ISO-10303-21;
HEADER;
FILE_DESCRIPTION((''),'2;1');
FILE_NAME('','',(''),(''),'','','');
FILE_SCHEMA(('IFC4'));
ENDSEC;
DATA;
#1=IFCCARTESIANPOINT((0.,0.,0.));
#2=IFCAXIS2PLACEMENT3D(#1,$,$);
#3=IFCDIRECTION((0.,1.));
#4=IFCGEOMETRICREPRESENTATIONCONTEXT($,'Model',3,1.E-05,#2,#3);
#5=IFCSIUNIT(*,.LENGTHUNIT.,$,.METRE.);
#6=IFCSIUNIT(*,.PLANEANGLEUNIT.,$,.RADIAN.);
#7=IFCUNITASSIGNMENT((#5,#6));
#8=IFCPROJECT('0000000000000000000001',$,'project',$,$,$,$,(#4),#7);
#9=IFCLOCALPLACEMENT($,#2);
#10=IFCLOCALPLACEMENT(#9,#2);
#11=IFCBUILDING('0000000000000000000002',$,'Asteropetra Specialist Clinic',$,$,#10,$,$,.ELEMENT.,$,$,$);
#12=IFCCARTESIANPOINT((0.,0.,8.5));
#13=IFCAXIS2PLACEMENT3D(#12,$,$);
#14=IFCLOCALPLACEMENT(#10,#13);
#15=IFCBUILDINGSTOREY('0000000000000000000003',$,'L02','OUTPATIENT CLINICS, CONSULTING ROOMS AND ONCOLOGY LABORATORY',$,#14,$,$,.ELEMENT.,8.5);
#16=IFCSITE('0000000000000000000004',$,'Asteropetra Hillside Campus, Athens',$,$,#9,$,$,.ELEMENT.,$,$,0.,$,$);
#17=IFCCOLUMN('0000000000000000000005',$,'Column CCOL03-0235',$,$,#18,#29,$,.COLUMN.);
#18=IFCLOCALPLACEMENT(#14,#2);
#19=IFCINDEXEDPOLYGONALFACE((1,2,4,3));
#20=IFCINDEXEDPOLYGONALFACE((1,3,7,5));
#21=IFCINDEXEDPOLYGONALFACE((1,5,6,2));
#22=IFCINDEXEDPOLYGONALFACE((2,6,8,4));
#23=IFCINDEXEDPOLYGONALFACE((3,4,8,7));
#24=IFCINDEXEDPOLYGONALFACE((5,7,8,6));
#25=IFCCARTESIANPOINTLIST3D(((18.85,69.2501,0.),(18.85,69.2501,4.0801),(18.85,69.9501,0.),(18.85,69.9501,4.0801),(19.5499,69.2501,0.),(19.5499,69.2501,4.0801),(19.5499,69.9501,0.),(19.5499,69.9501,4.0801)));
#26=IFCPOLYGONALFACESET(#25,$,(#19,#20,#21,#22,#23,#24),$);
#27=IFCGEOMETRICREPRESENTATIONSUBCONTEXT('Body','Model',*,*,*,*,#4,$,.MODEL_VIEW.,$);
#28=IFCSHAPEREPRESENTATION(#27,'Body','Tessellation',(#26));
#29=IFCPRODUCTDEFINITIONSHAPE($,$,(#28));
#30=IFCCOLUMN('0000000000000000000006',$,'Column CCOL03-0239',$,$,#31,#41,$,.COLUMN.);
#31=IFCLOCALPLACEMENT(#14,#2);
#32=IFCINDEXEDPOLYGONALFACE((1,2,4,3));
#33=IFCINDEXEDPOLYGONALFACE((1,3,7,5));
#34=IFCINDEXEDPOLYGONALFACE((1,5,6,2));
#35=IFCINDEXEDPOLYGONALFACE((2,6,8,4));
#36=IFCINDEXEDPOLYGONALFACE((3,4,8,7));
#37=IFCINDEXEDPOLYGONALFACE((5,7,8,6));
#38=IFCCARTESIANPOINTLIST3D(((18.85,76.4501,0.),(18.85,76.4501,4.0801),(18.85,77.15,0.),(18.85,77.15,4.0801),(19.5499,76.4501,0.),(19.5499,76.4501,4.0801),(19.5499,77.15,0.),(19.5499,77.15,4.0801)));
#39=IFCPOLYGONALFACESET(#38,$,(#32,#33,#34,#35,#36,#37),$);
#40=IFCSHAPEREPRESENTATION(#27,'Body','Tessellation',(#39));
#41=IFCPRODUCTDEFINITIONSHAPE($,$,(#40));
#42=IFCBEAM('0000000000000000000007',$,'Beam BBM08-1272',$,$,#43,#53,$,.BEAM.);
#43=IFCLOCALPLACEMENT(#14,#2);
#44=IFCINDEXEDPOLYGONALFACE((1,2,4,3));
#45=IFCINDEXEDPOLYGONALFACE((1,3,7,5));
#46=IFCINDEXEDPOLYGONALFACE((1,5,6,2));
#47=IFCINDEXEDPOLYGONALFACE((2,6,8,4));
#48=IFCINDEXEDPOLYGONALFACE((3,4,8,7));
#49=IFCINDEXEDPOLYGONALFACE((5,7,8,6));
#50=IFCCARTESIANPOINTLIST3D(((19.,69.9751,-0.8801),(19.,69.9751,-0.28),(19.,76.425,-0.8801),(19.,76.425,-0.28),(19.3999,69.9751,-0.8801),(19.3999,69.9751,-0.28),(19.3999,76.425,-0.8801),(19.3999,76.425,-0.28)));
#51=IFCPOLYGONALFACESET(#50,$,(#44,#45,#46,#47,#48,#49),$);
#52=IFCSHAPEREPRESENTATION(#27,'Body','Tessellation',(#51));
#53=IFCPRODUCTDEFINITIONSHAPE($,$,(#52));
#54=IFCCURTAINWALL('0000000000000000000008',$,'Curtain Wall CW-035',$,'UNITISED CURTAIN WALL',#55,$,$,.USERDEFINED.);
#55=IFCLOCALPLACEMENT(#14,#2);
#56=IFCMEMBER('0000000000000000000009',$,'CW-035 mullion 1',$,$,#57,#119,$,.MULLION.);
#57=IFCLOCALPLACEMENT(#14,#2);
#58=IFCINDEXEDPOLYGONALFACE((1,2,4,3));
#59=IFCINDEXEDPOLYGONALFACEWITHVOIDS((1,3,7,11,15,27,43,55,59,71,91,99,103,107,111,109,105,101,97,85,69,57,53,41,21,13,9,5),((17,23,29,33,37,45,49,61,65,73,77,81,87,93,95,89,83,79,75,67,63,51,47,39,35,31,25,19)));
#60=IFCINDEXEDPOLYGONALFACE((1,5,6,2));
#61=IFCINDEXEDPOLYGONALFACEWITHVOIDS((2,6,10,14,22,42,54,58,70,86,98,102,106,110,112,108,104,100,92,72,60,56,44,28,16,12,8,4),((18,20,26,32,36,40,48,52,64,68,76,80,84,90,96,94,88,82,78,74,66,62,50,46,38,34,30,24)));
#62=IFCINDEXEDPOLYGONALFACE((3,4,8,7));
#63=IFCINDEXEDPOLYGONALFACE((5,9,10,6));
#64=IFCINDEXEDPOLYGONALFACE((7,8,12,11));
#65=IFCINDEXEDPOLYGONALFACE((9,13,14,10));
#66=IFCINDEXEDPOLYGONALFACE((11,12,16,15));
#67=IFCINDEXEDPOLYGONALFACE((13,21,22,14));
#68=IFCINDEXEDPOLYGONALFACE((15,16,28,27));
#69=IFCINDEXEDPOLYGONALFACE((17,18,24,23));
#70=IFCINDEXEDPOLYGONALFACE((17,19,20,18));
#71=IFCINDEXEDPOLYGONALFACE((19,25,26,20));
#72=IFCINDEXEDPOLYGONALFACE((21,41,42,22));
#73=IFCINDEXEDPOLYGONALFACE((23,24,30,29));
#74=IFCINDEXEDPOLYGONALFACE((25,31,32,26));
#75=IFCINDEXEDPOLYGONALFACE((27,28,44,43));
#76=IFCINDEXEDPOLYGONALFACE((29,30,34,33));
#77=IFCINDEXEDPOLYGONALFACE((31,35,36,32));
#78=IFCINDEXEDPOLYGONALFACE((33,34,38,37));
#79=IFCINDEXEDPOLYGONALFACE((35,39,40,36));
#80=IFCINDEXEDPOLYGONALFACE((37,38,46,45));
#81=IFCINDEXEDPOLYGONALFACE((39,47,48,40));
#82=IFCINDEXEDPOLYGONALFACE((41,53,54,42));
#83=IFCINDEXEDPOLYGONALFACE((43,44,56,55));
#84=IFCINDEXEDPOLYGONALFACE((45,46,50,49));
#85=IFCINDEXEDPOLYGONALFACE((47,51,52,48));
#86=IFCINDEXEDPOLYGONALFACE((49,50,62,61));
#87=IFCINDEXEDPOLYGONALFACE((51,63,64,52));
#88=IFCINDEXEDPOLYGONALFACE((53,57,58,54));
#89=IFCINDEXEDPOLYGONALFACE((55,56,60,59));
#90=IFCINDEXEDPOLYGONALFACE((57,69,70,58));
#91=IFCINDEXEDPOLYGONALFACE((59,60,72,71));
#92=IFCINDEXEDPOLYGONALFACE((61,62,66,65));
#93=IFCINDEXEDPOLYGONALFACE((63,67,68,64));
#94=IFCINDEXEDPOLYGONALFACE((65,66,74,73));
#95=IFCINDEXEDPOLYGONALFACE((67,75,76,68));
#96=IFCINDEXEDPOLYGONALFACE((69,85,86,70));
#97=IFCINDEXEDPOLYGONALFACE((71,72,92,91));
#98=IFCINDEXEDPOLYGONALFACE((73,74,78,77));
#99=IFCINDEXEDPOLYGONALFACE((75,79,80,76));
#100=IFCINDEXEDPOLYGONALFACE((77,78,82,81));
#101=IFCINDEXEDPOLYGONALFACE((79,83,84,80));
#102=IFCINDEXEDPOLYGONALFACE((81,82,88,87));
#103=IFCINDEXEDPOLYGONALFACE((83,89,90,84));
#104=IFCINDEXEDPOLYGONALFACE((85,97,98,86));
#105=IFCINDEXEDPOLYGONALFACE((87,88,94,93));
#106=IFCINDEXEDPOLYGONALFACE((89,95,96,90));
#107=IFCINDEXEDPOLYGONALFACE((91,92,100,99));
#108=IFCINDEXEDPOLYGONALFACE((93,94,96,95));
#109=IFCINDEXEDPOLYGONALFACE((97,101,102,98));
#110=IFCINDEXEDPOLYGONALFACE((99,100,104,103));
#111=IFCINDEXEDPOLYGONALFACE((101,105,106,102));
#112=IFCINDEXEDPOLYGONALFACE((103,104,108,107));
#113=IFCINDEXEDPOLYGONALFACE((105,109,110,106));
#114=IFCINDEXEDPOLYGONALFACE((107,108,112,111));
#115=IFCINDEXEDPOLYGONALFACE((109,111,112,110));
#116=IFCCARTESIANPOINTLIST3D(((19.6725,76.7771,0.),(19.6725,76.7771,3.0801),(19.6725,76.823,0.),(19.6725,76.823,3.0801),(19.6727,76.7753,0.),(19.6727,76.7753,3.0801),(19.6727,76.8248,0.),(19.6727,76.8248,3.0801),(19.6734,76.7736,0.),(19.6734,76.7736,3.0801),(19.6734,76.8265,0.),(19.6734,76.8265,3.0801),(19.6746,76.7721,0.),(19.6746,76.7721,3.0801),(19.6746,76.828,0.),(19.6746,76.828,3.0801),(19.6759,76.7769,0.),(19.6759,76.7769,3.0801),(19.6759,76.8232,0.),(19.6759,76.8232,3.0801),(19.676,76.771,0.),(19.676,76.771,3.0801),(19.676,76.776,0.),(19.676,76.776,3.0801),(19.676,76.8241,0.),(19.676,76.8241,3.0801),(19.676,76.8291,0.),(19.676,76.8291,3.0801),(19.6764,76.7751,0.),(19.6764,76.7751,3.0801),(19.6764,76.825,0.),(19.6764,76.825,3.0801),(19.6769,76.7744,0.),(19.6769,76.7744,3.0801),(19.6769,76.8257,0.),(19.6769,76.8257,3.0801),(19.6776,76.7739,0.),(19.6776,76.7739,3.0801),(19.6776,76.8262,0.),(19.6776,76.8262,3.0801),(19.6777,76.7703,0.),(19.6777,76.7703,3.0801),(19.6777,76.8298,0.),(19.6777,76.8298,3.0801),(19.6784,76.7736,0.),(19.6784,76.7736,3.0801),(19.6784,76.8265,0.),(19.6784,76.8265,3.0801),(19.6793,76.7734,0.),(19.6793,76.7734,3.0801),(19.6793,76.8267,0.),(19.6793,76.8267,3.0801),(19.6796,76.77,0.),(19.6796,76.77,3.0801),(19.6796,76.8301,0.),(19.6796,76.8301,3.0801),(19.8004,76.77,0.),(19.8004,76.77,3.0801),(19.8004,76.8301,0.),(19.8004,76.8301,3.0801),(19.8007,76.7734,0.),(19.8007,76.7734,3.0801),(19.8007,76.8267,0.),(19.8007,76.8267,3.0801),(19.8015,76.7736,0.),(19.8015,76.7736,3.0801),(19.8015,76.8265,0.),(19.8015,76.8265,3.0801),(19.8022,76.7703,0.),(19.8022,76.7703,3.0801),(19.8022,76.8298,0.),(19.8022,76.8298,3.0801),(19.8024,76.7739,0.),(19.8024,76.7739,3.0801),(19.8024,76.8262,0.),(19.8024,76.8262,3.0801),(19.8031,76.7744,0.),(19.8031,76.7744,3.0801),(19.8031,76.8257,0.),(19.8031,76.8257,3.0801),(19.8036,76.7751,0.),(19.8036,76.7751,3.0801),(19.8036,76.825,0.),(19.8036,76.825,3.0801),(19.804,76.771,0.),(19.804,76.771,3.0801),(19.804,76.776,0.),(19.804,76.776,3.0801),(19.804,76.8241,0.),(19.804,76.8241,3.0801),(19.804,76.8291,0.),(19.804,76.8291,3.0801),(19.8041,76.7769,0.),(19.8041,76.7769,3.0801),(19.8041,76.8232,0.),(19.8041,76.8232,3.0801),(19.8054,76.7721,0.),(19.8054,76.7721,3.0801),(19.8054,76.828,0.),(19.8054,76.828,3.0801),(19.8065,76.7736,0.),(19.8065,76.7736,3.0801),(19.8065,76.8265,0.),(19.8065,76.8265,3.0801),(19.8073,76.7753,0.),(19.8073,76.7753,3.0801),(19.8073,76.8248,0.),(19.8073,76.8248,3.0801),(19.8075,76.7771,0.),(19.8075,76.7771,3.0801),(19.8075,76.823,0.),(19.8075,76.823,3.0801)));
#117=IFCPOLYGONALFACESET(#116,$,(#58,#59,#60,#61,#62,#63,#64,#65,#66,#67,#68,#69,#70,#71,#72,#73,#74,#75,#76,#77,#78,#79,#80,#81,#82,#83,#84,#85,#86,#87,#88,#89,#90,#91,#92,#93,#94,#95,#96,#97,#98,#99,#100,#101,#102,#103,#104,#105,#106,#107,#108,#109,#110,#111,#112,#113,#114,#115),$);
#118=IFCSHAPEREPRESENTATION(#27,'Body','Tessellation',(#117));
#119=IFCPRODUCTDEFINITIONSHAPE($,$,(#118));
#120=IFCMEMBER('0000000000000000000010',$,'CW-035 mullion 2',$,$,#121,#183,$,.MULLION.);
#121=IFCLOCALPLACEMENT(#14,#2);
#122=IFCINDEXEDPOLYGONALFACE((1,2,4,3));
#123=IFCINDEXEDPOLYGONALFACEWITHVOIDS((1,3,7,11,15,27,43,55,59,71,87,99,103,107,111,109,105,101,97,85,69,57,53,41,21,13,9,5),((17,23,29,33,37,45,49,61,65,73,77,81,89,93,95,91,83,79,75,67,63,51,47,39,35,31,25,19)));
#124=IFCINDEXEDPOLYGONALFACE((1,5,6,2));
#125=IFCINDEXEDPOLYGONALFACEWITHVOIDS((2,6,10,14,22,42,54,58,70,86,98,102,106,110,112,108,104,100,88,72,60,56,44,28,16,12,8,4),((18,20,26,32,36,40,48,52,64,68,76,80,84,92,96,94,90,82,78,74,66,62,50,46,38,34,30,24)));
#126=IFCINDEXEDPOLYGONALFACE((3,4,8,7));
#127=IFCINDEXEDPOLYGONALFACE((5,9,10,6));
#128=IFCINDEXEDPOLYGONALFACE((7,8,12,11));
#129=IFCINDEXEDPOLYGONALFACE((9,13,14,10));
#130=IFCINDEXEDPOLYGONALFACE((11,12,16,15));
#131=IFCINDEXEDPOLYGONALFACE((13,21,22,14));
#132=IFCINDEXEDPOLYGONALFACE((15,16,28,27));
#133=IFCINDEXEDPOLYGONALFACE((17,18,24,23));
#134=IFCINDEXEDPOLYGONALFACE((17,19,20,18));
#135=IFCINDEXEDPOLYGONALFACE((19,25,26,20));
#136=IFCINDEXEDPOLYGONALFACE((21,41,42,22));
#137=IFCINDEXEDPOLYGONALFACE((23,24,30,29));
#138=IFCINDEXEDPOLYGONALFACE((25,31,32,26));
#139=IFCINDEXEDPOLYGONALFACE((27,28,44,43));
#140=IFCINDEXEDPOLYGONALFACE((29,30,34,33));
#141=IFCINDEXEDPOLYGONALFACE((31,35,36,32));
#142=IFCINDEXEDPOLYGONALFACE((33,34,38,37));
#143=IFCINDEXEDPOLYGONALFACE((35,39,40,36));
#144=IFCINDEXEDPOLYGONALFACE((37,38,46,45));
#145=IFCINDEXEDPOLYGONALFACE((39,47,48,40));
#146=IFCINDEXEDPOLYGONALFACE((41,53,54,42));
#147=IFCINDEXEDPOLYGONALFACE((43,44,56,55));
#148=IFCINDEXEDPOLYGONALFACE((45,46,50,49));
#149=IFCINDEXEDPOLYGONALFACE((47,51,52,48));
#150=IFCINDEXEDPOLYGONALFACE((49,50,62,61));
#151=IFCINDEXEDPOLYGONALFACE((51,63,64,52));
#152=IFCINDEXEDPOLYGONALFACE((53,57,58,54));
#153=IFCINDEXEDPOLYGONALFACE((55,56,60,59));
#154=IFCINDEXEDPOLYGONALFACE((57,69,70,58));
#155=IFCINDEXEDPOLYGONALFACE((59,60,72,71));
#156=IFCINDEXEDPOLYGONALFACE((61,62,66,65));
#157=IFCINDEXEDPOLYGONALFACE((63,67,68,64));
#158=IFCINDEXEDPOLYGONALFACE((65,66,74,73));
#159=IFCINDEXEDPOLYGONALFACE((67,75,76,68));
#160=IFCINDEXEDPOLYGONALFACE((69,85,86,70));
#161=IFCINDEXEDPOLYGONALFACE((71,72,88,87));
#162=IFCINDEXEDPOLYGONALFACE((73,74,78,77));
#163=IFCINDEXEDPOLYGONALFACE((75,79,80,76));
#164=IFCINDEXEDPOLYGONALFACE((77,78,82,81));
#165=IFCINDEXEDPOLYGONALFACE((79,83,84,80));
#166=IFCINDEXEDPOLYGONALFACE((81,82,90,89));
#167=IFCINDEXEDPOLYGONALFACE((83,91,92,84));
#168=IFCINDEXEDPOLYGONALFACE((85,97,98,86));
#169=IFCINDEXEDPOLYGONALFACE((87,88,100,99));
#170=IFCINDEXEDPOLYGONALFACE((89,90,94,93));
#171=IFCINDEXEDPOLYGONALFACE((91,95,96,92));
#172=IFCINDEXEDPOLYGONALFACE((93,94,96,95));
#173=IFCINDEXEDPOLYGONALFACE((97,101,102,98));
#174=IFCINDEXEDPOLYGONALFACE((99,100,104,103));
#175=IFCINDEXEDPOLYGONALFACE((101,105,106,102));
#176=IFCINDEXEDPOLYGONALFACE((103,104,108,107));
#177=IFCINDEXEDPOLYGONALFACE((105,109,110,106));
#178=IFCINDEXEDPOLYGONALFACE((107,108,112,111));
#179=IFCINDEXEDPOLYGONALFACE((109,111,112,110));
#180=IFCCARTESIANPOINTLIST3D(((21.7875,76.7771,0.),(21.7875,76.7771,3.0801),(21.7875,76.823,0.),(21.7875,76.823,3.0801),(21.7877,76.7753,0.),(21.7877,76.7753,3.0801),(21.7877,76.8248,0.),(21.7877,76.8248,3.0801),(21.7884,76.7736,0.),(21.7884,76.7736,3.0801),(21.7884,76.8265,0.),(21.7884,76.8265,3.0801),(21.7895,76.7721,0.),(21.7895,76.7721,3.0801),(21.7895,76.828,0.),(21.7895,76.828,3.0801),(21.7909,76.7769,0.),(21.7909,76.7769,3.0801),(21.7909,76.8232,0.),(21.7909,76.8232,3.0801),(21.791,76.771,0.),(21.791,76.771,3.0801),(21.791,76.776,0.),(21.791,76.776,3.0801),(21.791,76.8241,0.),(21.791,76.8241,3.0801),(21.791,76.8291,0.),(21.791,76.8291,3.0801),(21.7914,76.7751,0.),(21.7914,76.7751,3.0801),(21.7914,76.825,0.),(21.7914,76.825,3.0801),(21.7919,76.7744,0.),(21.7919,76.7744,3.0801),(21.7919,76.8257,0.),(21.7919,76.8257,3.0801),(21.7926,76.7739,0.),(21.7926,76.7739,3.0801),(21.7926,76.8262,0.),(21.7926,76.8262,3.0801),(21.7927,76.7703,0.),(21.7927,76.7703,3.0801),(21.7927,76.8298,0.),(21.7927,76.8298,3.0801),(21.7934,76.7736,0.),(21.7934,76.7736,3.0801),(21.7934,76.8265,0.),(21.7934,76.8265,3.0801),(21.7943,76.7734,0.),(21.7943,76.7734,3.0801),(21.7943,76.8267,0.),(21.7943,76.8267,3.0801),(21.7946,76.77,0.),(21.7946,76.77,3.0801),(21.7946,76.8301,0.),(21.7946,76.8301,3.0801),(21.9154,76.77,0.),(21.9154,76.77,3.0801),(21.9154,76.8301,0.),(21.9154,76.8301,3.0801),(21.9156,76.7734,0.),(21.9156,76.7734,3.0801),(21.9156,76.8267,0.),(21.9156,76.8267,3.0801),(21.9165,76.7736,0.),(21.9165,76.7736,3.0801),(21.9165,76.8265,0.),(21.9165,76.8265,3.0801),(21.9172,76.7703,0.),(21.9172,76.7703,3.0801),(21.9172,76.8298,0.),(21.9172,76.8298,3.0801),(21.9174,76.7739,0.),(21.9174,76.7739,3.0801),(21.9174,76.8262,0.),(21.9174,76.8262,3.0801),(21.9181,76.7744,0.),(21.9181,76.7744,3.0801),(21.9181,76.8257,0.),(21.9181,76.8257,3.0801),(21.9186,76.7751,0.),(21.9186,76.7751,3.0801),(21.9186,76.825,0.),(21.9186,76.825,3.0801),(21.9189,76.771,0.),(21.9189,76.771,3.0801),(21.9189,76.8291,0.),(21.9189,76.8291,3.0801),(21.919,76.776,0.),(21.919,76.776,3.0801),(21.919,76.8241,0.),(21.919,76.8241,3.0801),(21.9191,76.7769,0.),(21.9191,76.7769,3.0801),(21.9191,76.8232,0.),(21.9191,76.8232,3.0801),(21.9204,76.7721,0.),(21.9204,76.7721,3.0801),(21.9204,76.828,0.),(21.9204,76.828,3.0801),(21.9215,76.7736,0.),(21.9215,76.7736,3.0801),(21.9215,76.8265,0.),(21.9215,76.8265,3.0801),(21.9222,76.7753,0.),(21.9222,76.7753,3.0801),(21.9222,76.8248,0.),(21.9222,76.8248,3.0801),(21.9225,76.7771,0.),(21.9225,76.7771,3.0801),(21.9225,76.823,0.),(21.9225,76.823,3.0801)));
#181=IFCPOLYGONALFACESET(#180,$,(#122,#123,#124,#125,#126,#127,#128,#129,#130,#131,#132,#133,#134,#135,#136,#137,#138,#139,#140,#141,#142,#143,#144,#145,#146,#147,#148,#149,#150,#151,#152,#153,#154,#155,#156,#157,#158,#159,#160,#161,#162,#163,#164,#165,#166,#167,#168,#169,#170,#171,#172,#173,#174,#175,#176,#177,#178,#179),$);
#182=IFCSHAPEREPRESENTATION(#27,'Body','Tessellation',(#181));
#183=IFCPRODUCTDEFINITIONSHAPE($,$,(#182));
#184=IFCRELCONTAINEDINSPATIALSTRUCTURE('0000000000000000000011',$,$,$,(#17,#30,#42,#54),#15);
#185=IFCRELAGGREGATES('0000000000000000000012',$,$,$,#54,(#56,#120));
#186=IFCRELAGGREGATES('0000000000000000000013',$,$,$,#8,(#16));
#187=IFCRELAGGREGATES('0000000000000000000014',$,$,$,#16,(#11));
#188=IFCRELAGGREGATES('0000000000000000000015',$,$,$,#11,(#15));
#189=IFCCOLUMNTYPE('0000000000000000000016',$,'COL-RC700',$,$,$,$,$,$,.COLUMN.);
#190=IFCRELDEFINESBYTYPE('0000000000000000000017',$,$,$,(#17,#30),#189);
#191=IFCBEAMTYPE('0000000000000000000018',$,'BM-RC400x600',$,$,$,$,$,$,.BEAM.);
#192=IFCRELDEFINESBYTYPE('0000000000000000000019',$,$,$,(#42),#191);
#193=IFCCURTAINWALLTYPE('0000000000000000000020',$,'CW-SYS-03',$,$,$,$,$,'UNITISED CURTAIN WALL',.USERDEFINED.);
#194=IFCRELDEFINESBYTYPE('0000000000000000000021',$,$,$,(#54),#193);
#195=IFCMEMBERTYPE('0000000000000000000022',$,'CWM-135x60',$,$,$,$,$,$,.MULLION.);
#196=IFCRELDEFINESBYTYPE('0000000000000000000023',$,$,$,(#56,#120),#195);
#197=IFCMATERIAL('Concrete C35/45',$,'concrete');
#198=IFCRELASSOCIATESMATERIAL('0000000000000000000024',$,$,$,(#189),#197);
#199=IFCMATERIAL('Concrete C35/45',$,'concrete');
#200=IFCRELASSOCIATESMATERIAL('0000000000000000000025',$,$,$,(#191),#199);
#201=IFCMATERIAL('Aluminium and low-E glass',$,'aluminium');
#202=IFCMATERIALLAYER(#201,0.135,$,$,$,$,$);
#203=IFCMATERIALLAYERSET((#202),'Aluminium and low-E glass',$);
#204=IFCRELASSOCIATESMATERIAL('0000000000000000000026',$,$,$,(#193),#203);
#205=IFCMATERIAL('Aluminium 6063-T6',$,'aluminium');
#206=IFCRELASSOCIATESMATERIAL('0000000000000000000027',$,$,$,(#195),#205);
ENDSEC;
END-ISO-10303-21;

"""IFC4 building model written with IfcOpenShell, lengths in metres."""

from ifc_helpers import new_model, si_unit, direction, frame, origin, origin_2d, place, context, subcontext, project, spatial, rectangle, hollow_rectangle, extrude, material, layer, layer_set, material_profile, profile_set, type_object, element, aggregate, save


model = new_model("IFC4")

# Units and contexts
model_context = context("Model", 3, precision=1e-05, world=origin(), true_north=direction((0.0, 1.0)))
body_context = subcontext(model_context, "Body", "Model", "MODEL_VIEW")
ifc_project = project(units=[si_unit("LENGTHUNIT", "METRE"), si_unit("PLANEANGLEUNIT", "RADIAN")], contexts=[model_context])

# Site, building, storey
site_placement = place(None, origin())
site = spatial("IfcSite", under=ifc_project, at=site_placement, Name="Asteropetra Hillside Campus, Athens", CompositionType="ELEMENT", RefElevation=0.0)
building_placement = place(site_placement, origin())
building = spatial("IfcBuilding", under=site, at=building_placement, Name="Asteropetra Specialist Clinic", CompositionType="ELEMENT")
storey_placement = place(building_placement, frame((0.0, 0.0, 8.5)))
storey = spatial("IfcBuildingStorey", under=building, at=storey_placement, Name="L02", Description="OUTPATIENT CLINICS, CONSULTING ROOMS AND ONCOLOGY LABORATORY", CompositionType="ELEMENT", Elevation=8.5)

# Columns
ifc_material_1 = material(Name="Concrete C35/45", Category="concrete")
ifc_material_profile_1 = material_profile(ifc_material_1, rectangle(XDim=0.7, YDim=0.7, at=origin_2d()), Name="RC 700x700")
ifc_profile_set_1 = profile_set([ifc_material_profile_1], Name="Concrete C35/45")
column_type = type_object("IfcColumnType", Name="COL-RC700", PredefinedType="COLUMN", material=ifc_profile_set_1)
for number, where, z_axis, x_axis, name in (
    (1, (19.2, 69.6001, 0.0), (0.0, 0.0, 1.0), (1.0, 0.0, 0.0), "Column CCOL03-0235"),
    (2, (19.2, 76.8, 0.0), (0.0, 0.0, 1.0), (1.0, 0.0, 0.0), "Column CCOL03-0239"),
):
    element("IfcColumn", number, at=place(storey_placement, frame(where, z_axis=z_axis, x_axis=x_axis)), inside=storey, type_object=column_type, Name=name, PredefinedType="COLUMN", context=body_context, shape_type="SweptSolid", body=[
        extrude(rectangle(XDim=0.7, YDim=0.7, at=origin_2d()), origin(), (0.0, 0.0, 1.0), 4.0801),
    ])

# Beam
ifc_material_2 = material(Name="Concrete C35/45", Category="concrete")
ifc_material_profile_2 = material_profile(ifc_material_2, rectangle(XDim=0.3999, YDim=0.6001, at=origin_2d()), Name="RCB 400x600")
ifc_profile_set_2 = profile_set([ifc_material_profile_2], Name="Concrete C35/45")
beam_type_1 = type_object("IfcBeamType", Name="BM-RC400x600", PredefinedType="BEAM", material=ifc_profile_set_2)
beam_1_placement = place(storey_placement, frame((19.2, 69.9751, -0.5801), z_axis=(0.0, 1.0, 0.0), x_axis=(-1.0, 0.0, 0.0)))
element("IfcBeam", 3, at=beam_1_placement, inside=storey, type_object=beam_type_1, Name="Beam BBM08-1272", PredefinedType="BEAM", context=body_context, shape_type="SweptSolid", body=[
    extrude(rectangle(XDim=0.3999, YDim=0.6001, at=origin_2d()), origin(), (0.0, 0.0, 1.0), 6.45),
])

# Curtain wall, members
ifc_material_3 = material(Name="Aluminium and low-E glass", Category="aluminium")
ifc_layer_1 = layer(ifc_material_3, 0.135)
ifc_layer_set_1 = layer_set([ifc_layer_1], Name="Aluminium and low-E glass")
curtain_wall_type_1 = type_object("IfcCurtainWallType", Name="CW-SYS-03", ElementType="UNITISED CURTAIN WALL", PredefinedType="USERDEFINED", material=ifc_layer_set_1)
curtain_wall_1_placement = place(storey_placement, origin())
curtain_wall_1 = element("IfcCurtainWall", 4, at=curtain_wall_1_placement, inside=storey, type_object=curtain_wall_type_1, Name="Curtain Wall CW-035", ObjectType="UNITISED CURTAIN WALL", PredefinedType="USERDEFINED")
ifc_material_4 = material(Name="Aluminium 6063-T6", Category="aluminium")
ifc_material_profile_3 = material_profile(ifc_material_4, hollow_rectangle(XDim=0.0601, YDim=0.135, WallThickness=0.0034, InnerFilletRadius=0.0034, OuterFilletRadius=0.0071, at=origin_2d()), Name="MUL 135x60x3.5")
ifc_profile_set_3 = profile_set([ifc_material_profile_3], Name="Aluminium 6063-T6")
member_type_1 = type_object("IfcMemberType", Name="CWM-135x60", PredefinedType="MULLION", material=ifc_profile_set_3)
member_1_placement = place(storey_placement, frame((19.74, 76.8, 0.0), z_axis=(0.0, 0.0, 1.0), x_axis=(0.0, 1.0, 0.0)))
member_1 = element("IfcMember", 5, at=member_1_placement, type_object=member_type_1, Name="CW-035 mullion 1", PredefinedType="MULLION", context=body_context, shape_type="SweptSolid", body=[
    extrude(hollow_rectangle(XDim=0.0601, YDim=0.135, WallThickness=0.0034, InnerFilletRadius=0.0034, OuterFilletRadius=0.0071, at=origin_2d()), origin(), (0.0, 0.0, 1.0), 3.0801),
])
member_2_placement = place(storey_placement, frame((21.855, 76.8, 0.0), z_axis=(0.0, 0.0, 1.0), x_axis=(0.0, 1.0, 0.0)))
member_2 = element("IfcMember", 6, at=member_2_placement, type_object=member_type_1, Name="CW-035 mullion 2", PredefinedType="MULLION", context=body_context, shape_type="SweptSolid", body=[
    extrude(hollow_rectangle(XDim=0.0601, YDim=0.135, WallThickness=0.0034, InnerFilletRadius=0.0034, OuterFilletRadius=0.0071, at=origin_2d()), origin(), (0.0, 0.0, 1.0), 3.0801),
])

aggregate(curtain_wall_1, [member_1, member_2])

save(model, "model.ifc")
